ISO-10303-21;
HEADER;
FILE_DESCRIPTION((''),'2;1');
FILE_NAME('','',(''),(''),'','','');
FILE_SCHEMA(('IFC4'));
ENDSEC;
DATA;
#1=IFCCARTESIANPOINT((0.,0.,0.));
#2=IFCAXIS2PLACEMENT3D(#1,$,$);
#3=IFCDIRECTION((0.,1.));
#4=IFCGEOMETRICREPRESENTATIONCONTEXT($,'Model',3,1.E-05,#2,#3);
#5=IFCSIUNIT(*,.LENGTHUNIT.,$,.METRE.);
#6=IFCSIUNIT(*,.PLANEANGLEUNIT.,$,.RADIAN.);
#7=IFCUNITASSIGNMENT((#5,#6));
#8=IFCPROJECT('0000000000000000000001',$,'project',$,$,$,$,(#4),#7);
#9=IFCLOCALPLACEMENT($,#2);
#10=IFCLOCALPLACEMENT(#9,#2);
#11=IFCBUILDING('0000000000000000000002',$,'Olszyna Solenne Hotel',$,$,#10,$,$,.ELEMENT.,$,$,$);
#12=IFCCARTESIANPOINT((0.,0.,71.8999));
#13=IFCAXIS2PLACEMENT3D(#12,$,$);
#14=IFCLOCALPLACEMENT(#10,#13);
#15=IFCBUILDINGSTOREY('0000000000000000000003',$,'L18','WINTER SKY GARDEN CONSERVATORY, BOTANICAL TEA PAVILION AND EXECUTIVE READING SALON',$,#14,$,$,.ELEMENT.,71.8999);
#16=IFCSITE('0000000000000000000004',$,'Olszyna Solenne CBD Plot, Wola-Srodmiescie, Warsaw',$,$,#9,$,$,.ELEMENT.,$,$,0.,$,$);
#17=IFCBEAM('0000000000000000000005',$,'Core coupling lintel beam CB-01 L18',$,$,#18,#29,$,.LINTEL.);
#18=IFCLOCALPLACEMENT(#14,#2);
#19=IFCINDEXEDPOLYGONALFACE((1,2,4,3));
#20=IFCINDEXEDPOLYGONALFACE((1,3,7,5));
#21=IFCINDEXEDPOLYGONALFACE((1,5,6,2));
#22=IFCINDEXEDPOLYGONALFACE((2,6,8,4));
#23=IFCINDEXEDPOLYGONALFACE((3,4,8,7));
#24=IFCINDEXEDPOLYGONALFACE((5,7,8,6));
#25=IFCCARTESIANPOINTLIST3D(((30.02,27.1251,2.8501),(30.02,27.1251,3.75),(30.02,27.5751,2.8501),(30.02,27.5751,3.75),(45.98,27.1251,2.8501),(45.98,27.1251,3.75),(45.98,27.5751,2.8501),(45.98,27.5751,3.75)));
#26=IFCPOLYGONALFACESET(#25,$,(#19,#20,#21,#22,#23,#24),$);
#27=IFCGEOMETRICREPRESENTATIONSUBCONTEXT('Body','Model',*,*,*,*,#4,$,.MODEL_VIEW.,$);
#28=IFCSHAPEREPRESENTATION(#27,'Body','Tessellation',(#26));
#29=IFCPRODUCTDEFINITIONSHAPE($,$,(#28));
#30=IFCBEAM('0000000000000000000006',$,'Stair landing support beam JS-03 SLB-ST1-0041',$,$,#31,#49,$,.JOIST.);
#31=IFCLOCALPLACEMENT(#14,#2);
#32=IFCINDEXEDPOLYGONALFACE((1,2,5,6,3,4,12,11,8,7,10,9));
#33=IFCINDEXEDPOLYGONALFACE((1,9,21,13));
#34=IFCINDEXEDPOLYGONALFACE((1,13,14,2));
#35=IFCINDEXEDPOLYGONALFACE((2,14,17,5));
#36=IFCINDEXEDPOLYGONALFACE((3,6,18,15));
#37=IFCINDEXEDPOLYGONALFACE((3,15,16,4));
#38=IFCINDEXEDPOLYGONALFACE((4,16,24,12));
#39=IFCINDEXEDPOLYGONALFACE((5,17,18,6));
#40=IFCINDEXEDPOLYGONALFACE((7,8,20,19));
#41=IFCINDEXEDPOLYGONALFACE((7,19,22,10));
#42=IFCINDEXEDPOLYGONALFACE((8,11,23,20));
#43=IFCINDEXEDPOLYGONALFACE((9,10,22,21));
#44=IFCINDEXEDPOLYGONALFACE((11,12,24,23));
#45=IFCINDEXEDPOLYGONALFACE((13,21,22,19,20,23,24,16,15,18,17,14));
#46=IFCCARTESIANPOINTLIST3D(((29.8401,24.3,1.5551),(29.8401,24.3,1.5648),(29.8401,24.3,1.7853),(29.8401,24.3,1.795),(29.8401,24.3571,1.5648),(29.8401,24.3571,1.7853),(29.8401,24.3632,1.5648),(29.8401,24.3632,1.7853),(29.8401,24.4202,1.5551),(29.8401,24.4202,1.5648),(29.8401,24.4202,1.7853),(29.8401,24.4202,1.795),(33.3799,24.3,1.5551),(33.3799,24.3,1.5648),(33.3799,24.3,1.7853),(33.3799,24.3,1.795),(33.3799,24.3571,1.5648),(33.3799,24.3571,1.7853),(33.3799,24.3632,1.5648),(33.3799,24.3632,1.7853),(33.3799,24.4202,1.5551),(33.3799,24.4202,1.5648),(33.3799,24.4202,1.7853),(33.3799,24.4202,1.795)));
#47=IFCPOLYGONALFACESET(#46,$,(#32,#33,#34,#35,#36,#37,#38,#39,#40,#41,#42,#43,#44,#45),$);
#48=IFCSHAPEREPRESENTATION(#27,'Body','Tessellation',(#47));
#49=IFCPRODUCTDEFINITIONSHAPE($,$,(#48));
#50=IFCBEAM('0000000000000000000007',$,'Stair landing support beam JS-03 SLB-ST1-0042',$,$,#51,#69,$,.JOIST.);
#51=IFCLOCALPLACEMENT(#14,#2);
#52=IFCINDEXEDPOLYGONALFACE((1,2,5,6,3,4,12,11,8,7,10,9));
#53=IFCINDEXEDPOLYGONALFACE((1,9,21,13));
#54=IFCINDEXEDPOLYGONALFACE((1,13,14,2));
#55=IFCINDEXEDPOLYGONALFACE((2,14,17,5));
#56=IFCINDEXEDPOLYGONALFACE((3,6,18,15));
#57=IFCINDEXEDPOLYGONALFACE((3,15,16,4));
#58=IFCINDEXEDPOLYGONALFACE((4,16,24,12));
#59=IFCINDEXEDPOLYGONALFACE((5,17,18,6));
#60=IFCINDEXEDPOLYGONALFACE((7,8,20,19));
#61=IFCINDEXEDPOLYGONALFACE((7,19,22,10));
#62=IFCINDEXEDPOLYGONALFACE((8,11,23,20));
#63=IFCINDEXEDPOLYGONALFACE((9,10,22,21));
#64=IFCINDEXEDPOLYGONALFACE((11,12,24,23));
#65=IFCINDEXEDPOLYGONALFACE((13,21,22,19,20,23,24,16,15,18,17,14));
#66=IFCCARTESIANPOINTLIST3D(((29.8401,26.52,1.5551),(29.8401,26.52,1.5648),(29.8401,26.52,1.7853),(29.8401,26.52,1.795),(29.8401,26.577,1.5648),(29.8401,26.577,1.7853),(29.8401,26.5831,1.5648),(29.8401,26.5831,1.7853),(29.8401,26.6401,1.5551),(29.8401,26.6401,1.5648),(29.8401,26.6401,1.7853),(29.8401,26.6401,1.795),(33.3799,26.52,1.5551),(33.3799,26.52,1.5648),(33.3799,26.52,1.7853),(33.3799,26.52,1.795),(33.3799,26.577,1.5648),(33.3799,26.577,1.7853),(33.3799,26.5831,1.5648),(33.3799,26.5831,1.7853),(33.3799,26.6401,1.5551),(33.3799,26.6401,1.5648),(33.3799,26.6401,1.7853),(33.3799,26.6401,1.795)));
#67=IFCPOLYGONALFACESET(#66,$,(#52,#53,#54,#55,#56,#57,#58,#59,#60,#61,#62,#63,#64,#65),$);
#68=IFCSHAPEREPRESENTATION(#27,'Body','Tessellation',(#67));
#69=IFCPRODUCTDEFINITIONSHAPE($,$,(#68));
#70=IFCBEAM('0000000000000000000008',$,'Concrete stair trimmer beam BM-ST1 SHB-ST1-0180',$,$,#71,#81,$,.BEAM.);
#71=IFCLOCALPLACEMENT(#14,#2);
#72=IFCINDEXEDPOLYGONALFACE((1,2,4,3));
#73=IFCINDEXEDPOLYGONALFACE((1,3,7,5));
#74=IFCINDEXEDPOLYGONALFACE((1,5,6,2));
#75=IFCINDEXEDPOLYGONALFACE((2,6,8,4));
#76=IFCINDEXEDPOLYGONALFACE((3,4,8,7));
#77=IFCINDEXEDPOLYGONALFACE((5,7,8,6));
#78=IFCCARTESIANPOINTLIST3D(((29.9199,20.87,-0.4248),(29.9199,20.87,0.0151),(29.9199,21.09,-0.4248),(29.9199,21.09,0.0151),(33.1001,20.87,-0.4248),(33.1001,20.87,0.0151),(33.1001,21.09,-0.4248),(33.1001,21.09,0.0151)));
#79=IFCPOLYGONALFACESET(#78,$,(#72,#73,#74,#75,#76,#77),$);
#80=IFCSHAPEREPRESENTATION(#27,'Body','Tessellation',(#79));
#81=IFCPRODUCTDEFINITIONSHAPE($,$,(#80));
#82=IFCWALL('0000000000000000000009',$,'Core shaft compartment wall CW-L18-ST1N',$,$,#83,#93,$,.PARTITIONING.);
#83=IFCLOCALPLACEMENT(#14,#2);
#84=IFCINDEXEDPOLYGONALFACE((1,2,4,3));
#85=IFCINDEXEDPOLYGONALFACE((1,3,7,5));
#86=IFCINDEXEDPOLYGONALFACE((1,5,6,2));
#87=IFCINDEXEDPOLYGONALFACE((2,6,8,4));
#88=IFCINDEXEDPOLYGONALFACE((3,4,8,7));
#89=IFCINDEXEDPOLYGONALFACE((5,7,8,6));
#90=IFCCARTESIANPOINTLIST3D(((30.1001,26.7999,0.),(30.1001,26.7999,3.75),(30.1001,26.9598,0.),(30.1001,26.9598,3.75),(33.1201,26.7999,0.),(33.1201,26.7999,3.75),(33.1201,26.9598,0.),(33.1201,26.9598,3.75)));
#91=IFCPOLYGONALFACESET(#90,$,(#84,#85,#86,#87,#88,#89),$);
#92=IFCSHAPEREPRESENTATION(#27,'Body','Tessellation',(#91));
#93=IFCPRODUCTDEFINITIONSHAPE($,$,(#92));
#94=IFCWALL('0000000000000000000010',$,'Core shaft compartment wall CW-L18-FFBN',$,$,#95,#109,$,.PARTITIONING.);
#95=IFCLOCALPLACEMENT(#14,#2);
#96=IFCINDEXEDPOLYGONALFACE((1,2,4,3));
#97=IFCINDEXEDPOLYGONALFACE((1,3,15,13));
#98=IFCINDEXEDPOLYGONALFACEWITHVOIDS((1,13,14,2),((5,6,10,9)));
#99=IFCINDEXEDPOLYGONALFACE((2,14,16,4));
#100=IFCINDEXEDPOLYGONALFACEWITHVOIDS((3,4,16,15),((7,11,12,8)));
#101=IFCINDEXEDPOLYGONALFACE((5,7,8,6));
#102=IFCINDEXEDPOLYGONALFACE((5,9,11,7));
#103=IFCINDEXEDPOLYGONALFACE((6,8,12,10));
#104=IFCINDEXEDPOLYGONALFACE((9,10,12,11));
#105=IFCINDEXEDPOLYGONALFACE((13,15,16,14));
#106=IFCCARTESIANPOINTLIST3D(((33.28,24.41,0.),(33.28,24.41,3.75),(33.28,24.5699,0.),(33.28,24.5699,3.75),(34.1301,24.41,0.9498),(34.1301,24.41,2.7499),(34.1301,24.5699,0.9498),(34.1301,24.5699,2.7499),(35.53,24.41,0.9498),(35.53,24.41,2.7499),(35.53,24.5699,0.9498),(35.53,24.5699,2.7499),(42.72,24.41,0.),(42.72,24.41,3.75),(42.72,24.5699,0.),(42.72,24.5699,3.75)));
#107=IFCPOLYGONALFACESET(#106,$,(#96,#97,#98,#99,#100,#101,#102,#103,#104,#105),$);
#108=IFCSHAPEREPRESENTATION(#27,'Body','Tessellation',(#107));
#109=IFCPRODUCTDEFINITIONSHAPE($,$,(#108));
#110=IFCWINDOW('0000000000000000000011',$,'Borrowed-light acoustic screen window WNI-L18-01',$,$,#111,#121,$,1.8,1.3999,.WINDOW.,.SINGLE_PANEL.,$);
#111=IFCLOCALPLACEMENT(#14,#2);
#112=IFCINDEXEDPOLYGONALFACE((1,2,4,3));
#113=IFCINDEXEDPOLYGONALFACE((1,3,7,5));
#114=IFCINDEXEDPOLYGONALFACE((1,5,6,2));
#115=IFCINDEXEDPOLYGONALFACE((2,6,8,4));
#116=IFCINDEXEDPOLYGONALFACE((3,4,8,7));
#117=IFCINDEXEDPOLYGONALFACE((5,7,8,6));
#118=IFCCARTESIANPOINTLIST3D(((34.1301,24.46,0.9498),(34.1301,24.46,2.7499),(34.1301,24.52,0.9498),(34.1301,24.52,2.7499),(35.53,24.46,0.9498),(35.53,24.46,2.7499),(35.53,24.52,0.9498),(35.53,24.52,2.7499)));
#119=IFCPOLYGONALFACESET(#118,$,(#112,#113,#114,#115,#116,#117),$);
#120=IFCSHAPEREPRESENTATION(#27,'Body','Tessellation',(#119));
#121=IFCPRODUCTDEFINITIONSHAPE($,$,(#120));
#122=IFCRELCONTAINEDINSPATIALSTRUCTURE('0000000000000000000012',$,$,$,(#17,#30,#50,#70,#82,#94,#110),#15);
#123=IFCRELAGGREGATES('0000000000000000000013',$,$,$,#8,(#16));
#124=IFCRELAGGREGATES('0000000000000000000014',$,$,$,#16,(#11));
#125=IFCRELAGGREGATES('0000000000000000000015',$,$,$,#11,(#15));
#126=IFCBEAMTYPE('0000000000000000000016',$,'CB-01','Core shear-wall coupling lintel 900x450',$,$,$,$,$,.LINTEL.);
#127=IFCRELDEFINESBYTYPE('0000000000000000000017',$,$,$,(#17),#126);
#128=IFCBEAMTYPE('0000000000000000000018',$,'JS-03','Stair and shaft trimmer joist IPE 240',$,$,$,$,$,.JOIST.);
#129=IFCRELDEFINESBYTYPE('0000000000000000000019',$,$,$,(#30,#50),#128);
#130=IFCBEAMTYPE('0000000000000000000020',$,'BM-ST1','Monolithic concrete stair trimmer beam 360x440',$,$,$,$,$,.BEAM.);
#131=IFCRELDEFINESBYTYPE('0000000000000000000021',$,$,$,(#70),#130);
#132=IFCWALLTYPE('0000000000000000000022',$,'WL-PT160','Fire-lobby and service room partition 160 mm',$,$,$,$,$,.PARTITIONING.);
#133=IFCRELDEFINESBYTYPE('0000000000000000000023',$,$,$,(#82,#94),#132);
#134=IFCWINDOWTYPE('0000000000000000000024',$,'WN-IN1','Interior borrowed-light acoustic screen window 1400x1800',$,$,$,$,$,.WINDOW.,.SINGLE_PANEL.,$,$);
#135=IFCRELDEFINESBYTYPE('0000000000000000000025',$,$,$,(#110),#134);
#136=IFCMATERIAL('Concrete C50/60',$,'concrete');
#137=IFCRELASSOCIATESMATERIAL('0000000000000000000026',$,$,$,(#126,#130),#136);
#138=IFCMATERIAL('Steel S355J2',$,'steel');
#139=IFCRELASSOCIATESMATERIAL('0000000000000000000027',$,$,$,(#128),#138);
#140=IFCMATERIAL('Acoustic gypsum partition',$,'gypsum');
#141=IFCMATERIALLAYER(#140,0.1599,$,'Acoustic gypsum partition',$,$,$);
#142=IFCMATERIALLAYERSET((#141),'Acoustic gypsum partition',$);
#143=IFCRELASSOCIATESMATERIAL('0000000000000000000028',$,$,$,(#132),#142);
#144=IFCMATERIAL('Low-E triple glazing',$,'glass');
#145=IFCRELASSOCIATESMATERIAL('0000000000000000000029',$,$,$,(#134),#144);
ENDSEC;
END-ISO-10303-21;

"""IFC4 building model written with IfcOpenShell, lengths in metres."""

from ifc_helpers import new_model, si_unit, direction, frame, frame_2d, origin, origin_2d, place, context, subcontext, project, spatial, rectangle, i_section, extrude, source, transform, mapped, material, layer, layer_set, material_profile, profile_set, type_object, type_shapes, element, fill, save


model = new_model("IFC4")

# Units and contexts
model_context = context("Model", 3, precision=1e-05, world=origin(), true_north=direction((0.0, 1.0)))
body_context = subcontext(model_context, "Body", "Model", "MODEL_VIEW")
ifc_project = project(units=[si_unit("LENGTHUNIT", "METRE"), si_unit("PLANEANGLEUNIT", "RADIAN")], contexts=[model_context])

# Site, building, storey
site_placement = place(None, origin())
site = spatial("IfcSite", under=ifc_project, at=site_placement, Name="Olszyna Solenne CBD Plot, Wola-Srodmiescie, Warsaw", CompositionType="ELEMENT", RefElevation=0.0)
building_placement = place(site_placement, origin())
building = spatial("IfcBuilding", under=site, at=building_placement, Name="Olszyna Solenne Hotel", CompositionType="ELEMENT")
storey_placement = place(building_placement, frame((0.0, 0.0, 71.8999)))
storey = spatial("IfcBuildingStorey", under=building, at=storey_placement, Name="L18", Description="WINTER SKY GARDEN CONSERVATORY, BOTANICAL TEA PAVILION AND EXECUTIVE READING SALON", CompositionType="ELEMENT", Elevation=71.8999)

# Beams
ifc_material_1 = material(Name="Concrete C50/60", Category="concrete")
ifc_material_profile_1 = material_profile(ifc_material_1, rectangle(XDim=0.45, YDim=0.8999, at=origin_2d()), Name="RC 900x450", Category="load-bearing")
ifc_profile_set_1 = profile_set([ifc_material_profile_1], Name="Concrete C50/60")
beam_type_1 = type_object("IfcBeamType", Name="CB-01", Description="Core shear-wall coupling lintel 900x450", PredefinedType="LINTEL", material=ifc_profile_set_1)
shared_shape_1 = source(origin(), body_context, "Body", "SweptSolid", [
    extrude(rectangle(XDim=0.45, YDim=0.8999, at=origin_2d()), origin(), (0.0, 0.0, 1.0), 15.96),
])
beam_1_placement = place(storey_placement, frame((30.02, 27.3501, 3.3), z_axis=(1.0, 0.0, 0.0), x_axis=(0.0, 1.0, 0.0)))
element("IfcBeam", 1, at=beam_1_placement, inside=storey, type_object=beam_type_1, Name="Core coupling lintel beam CB-01 L18", PredefinedType="LINTEL", context=body_context, shape_type="MappedRepresentation", body=[
    mapped(shared_shape_1, transform((0.0, 0.0, 0.0), x_axis=(1.0, 0.0, 0.0), y_axis=(0.0, 1.0, 0.0), z_axis=(0.0, 0.0, 1.0), scale=1.0)),
])
ifc_material_2 = material(Name="Steel S355J2", Category="steel")
ifc_material_profile_2 = material_profile(ifc_material_2, i_section(OverallWidth=0.1201, OverallDepth=0.24, WebThickness=0.0061, FlangeThickness=0.0098, at=origin_2d()), Name="IPE 240", Category="load-bearing")
ifc_profile_set_2 = profile_set([ifc_material_profile_2], Name="Steel S355J2")
beam_type_2 = type_object("IfcBeamType", Name="JS-03", Description="Stair and shaft trimmer joist IPE 240", PredefinedType="JOIST", material=ifc_profile_set_2)
shared_shape_2 = source(origin(), body_context, "Body", "SweptSolid", [
    extrude(i_section(OverallWidth=0.1201, OverallDepth=0.24, WebThickness=0.0061, FlangeThickness=0.0098, at=origin_2d()), origin(), (0.0, 0.0, 1.0), 3.5398),
])
for number, where, z_axis, x_axis, name in (
    (2, (33.3799, 24.3601, 1.675), (-1.0, 0.0, 0.0), (0.0, -1.0, 0.0), "Stair landing support beam JS-03 SLB-ST1-0041"),
    (3, (33.3799, 26.5801, 1.675), (-1.0, 0.0, 0.0), (0.0, -1.0, 0.0), "Stair landing support beam JS-03 SLB-ST1-0042"),
):
    element("IfcBeam", number, at=place(storey_placement, frame(where, z_axis=z_axis, x_axis=x_axis)), inside=storey, type_object=beam_type_2, Name=name, PredefinedType="JOIST", context=body_context, shape_type="MappedRepresentation", body=[
        mapped(shared_shape_2, transform((0.0, 0.0, 0.0), x_axis=(1.0, 0.0, 0.0), y_axis=(0.0, 1.0, 0.0), z_axis=(0.0, 0.0, 1.0), scale=1.0)),
    ])
ifc_material_profile_3 = material_profile(ifc_material_1, rectangle(XDim=0.22, YDim=0.4399, at=origin_2d()), Name="RC 220x440", Category="load-bearing")
ifc_profile_set_3 = profile_set([ifc_material_profile_3], Name="Concrete C50/60")
beam_type_3 = type_object("IfcBeamType", Name="BM-ST1", Description="Monolithic concrete stair trimmer beam 360x440", PredefinedType="BEAM", material=ifc_profile_set_3)
shared_shape_3 = source(origin(), body_context, "Body", "SweptSolid", [
    extrude(rectangle(XDim=0.22, YDim=0.4399, at=origin_2d()), origin(), (0.0, 0.0, 1.0), 3.1802),
])
beam_2_placement = place(storey_placement, frame((33.1001, 20.98, -0.2048), z_axis=(-1.0, 0.0, 0.0), x_axis=(0.0, -1.0, 0.0)))
element("IfcBeam", 4, at=beam_2_placement, inside=storey, type_object=beam_type_3, Name="Concrete stair trimmer beam BM-ST1 SHB-ST1-0180", PredefinedType="BEAM", context=body_context, shape_type="MappedRepresentation", body=[
    mapped(shared_shape_3, transform((0.0, 0.0, 0.0), x_axis=(1.0, 0.0, 0.0), y_axis=(0.0, 1.0, 0.0), z_axis=(0.0, 0.0, 1.0), scale=1.0)),
])

# Wall
ifc_material_3 = material(Name="Acoustic gypsum partition", Category="gypsum")
ifc_layer = layer(ifc_material_3, 0.1599, Name="Acoustic gypsum partition")
ifc_layer_set = layer_set([ifc_layer], Name="Acoustic gypsum partition")
wall_type = type_object("IfcWallType", Name="WL-PT160", Description="Fire-lobby and service room partition 160 mm", PredefinedType="PARTITIONING", material=ifc_layer_set)
wall_1_placement = place(storey_placement, frame((30.1001, 26.8799, 0.0), z_axis=(0.0, 0.0, 1.0), x_axis=(1.0, 0.0, 0.0)))
element("IfcWall", 5, at=wall_1_placement, inside=storey, type_object=wall_type, Name="Core shaft compartment wall CW-L18-ST1N", PredefinedType="PARTITIONING", context=body_context, shape_type="SweptSolid", body=[
    extrude(rectangle(XDim=3.02, YDim=0.1599, at=frame_2d((1.51, 0.0))), origin(), (0.0, 0.0, 1.0), 3.75),
])

# Wall, opening, window
wall_2_placement = place(storey_placement, frame((33.28, 24.49, 0.0), z_axis=(0.0, 0.0, 1.0), x_axis=(1.0, 0.0, 0.0)))
wall_2 = element("IfcWall", 6, at=wall_2_placement, inside=storey, type_object=wall_type, Name="Core shaft compartment wall CW-L18-FFBN", PredefinedType="PARTITIONING", context=body_context, shape_type="SweptSolid", body=[
    extrude(rectangle(XDim=9.4399, YDim=0.1599, at=frame_2d((4.72, 0.0))), origin(), (0.0, 0.0, 1.0), 3.75),
])
opening_1_placement = place(wall_2_placement, frame((0.8501, 0.0, 0.95)))
opening_1 = element("IfcOpeningElement", 7, at=opening_1_placement, cuts=wall_2, PredefinedType="OPENING", context=body_context, shape_type="SweptSolid", body=[
    extrude(rectangle(XDim=1.3999, YDim=1.8, at=frame_2d((0.7, 0.8999))), frame((0.0, 0.0898, 0.0), z_axis=(0.0, -1.0, 0.0), x_axis=(1.0, 0.0, 0.0)), (0.0, 0.0, 1.0), 0.1799),
])
ifc_material_4 = material(Name="Low-E triple glazing", Category="glass")
window_type = type_object("IfcWindowType", Name="WN-IN1", Description="Interior borrowed-light acoustic screen window 1400x1800", PartitioningType="SINGLE_PANEL", PredefinedType="WINDOW", material=ifc_material_4)
shared_shape_4 = source(origin(), body_context, "Body", "SweptSolid", [
    extrude(rectangle(XDim=1.3999, YDim=1.8, at=frame_2d((0.7, 0.8999))), frame((0.0, 0.03, 0.0), z_axis=(0.0, -1.0, 0.0), x_axis=(1.0, 0.0, 0.0)), (0.0, 0.0, 1.0), 0.0601),
])
type_shapes(window_type, [shared_shape_4])
window_placement = place(opening_1_placement, origin())
window = element("IfcWindow", 8, at=window_placement, inside=storey, type_object=window_type, Name="Borrowed-light acoustic screen window WNI-L18-01", OverallHeight=1.8, OverallWidth=1.3999, PartitioningType="SINGLE_PANEL", PredefinedType="WINDOW", context=body_context, shape_type="MappedRepresentation", body=[
    mapped(shared_shape_4, transform((0.0, 0.0, 0.0), x_axis=(1.0, 0.0, 0.0), y_axis=(0.0, 1.0, 0.0), z_axis=(0.0, 0.0, 1.0), scale=1.0)),
])
fill(opening_1, window)

save(model, "model.ifc")
